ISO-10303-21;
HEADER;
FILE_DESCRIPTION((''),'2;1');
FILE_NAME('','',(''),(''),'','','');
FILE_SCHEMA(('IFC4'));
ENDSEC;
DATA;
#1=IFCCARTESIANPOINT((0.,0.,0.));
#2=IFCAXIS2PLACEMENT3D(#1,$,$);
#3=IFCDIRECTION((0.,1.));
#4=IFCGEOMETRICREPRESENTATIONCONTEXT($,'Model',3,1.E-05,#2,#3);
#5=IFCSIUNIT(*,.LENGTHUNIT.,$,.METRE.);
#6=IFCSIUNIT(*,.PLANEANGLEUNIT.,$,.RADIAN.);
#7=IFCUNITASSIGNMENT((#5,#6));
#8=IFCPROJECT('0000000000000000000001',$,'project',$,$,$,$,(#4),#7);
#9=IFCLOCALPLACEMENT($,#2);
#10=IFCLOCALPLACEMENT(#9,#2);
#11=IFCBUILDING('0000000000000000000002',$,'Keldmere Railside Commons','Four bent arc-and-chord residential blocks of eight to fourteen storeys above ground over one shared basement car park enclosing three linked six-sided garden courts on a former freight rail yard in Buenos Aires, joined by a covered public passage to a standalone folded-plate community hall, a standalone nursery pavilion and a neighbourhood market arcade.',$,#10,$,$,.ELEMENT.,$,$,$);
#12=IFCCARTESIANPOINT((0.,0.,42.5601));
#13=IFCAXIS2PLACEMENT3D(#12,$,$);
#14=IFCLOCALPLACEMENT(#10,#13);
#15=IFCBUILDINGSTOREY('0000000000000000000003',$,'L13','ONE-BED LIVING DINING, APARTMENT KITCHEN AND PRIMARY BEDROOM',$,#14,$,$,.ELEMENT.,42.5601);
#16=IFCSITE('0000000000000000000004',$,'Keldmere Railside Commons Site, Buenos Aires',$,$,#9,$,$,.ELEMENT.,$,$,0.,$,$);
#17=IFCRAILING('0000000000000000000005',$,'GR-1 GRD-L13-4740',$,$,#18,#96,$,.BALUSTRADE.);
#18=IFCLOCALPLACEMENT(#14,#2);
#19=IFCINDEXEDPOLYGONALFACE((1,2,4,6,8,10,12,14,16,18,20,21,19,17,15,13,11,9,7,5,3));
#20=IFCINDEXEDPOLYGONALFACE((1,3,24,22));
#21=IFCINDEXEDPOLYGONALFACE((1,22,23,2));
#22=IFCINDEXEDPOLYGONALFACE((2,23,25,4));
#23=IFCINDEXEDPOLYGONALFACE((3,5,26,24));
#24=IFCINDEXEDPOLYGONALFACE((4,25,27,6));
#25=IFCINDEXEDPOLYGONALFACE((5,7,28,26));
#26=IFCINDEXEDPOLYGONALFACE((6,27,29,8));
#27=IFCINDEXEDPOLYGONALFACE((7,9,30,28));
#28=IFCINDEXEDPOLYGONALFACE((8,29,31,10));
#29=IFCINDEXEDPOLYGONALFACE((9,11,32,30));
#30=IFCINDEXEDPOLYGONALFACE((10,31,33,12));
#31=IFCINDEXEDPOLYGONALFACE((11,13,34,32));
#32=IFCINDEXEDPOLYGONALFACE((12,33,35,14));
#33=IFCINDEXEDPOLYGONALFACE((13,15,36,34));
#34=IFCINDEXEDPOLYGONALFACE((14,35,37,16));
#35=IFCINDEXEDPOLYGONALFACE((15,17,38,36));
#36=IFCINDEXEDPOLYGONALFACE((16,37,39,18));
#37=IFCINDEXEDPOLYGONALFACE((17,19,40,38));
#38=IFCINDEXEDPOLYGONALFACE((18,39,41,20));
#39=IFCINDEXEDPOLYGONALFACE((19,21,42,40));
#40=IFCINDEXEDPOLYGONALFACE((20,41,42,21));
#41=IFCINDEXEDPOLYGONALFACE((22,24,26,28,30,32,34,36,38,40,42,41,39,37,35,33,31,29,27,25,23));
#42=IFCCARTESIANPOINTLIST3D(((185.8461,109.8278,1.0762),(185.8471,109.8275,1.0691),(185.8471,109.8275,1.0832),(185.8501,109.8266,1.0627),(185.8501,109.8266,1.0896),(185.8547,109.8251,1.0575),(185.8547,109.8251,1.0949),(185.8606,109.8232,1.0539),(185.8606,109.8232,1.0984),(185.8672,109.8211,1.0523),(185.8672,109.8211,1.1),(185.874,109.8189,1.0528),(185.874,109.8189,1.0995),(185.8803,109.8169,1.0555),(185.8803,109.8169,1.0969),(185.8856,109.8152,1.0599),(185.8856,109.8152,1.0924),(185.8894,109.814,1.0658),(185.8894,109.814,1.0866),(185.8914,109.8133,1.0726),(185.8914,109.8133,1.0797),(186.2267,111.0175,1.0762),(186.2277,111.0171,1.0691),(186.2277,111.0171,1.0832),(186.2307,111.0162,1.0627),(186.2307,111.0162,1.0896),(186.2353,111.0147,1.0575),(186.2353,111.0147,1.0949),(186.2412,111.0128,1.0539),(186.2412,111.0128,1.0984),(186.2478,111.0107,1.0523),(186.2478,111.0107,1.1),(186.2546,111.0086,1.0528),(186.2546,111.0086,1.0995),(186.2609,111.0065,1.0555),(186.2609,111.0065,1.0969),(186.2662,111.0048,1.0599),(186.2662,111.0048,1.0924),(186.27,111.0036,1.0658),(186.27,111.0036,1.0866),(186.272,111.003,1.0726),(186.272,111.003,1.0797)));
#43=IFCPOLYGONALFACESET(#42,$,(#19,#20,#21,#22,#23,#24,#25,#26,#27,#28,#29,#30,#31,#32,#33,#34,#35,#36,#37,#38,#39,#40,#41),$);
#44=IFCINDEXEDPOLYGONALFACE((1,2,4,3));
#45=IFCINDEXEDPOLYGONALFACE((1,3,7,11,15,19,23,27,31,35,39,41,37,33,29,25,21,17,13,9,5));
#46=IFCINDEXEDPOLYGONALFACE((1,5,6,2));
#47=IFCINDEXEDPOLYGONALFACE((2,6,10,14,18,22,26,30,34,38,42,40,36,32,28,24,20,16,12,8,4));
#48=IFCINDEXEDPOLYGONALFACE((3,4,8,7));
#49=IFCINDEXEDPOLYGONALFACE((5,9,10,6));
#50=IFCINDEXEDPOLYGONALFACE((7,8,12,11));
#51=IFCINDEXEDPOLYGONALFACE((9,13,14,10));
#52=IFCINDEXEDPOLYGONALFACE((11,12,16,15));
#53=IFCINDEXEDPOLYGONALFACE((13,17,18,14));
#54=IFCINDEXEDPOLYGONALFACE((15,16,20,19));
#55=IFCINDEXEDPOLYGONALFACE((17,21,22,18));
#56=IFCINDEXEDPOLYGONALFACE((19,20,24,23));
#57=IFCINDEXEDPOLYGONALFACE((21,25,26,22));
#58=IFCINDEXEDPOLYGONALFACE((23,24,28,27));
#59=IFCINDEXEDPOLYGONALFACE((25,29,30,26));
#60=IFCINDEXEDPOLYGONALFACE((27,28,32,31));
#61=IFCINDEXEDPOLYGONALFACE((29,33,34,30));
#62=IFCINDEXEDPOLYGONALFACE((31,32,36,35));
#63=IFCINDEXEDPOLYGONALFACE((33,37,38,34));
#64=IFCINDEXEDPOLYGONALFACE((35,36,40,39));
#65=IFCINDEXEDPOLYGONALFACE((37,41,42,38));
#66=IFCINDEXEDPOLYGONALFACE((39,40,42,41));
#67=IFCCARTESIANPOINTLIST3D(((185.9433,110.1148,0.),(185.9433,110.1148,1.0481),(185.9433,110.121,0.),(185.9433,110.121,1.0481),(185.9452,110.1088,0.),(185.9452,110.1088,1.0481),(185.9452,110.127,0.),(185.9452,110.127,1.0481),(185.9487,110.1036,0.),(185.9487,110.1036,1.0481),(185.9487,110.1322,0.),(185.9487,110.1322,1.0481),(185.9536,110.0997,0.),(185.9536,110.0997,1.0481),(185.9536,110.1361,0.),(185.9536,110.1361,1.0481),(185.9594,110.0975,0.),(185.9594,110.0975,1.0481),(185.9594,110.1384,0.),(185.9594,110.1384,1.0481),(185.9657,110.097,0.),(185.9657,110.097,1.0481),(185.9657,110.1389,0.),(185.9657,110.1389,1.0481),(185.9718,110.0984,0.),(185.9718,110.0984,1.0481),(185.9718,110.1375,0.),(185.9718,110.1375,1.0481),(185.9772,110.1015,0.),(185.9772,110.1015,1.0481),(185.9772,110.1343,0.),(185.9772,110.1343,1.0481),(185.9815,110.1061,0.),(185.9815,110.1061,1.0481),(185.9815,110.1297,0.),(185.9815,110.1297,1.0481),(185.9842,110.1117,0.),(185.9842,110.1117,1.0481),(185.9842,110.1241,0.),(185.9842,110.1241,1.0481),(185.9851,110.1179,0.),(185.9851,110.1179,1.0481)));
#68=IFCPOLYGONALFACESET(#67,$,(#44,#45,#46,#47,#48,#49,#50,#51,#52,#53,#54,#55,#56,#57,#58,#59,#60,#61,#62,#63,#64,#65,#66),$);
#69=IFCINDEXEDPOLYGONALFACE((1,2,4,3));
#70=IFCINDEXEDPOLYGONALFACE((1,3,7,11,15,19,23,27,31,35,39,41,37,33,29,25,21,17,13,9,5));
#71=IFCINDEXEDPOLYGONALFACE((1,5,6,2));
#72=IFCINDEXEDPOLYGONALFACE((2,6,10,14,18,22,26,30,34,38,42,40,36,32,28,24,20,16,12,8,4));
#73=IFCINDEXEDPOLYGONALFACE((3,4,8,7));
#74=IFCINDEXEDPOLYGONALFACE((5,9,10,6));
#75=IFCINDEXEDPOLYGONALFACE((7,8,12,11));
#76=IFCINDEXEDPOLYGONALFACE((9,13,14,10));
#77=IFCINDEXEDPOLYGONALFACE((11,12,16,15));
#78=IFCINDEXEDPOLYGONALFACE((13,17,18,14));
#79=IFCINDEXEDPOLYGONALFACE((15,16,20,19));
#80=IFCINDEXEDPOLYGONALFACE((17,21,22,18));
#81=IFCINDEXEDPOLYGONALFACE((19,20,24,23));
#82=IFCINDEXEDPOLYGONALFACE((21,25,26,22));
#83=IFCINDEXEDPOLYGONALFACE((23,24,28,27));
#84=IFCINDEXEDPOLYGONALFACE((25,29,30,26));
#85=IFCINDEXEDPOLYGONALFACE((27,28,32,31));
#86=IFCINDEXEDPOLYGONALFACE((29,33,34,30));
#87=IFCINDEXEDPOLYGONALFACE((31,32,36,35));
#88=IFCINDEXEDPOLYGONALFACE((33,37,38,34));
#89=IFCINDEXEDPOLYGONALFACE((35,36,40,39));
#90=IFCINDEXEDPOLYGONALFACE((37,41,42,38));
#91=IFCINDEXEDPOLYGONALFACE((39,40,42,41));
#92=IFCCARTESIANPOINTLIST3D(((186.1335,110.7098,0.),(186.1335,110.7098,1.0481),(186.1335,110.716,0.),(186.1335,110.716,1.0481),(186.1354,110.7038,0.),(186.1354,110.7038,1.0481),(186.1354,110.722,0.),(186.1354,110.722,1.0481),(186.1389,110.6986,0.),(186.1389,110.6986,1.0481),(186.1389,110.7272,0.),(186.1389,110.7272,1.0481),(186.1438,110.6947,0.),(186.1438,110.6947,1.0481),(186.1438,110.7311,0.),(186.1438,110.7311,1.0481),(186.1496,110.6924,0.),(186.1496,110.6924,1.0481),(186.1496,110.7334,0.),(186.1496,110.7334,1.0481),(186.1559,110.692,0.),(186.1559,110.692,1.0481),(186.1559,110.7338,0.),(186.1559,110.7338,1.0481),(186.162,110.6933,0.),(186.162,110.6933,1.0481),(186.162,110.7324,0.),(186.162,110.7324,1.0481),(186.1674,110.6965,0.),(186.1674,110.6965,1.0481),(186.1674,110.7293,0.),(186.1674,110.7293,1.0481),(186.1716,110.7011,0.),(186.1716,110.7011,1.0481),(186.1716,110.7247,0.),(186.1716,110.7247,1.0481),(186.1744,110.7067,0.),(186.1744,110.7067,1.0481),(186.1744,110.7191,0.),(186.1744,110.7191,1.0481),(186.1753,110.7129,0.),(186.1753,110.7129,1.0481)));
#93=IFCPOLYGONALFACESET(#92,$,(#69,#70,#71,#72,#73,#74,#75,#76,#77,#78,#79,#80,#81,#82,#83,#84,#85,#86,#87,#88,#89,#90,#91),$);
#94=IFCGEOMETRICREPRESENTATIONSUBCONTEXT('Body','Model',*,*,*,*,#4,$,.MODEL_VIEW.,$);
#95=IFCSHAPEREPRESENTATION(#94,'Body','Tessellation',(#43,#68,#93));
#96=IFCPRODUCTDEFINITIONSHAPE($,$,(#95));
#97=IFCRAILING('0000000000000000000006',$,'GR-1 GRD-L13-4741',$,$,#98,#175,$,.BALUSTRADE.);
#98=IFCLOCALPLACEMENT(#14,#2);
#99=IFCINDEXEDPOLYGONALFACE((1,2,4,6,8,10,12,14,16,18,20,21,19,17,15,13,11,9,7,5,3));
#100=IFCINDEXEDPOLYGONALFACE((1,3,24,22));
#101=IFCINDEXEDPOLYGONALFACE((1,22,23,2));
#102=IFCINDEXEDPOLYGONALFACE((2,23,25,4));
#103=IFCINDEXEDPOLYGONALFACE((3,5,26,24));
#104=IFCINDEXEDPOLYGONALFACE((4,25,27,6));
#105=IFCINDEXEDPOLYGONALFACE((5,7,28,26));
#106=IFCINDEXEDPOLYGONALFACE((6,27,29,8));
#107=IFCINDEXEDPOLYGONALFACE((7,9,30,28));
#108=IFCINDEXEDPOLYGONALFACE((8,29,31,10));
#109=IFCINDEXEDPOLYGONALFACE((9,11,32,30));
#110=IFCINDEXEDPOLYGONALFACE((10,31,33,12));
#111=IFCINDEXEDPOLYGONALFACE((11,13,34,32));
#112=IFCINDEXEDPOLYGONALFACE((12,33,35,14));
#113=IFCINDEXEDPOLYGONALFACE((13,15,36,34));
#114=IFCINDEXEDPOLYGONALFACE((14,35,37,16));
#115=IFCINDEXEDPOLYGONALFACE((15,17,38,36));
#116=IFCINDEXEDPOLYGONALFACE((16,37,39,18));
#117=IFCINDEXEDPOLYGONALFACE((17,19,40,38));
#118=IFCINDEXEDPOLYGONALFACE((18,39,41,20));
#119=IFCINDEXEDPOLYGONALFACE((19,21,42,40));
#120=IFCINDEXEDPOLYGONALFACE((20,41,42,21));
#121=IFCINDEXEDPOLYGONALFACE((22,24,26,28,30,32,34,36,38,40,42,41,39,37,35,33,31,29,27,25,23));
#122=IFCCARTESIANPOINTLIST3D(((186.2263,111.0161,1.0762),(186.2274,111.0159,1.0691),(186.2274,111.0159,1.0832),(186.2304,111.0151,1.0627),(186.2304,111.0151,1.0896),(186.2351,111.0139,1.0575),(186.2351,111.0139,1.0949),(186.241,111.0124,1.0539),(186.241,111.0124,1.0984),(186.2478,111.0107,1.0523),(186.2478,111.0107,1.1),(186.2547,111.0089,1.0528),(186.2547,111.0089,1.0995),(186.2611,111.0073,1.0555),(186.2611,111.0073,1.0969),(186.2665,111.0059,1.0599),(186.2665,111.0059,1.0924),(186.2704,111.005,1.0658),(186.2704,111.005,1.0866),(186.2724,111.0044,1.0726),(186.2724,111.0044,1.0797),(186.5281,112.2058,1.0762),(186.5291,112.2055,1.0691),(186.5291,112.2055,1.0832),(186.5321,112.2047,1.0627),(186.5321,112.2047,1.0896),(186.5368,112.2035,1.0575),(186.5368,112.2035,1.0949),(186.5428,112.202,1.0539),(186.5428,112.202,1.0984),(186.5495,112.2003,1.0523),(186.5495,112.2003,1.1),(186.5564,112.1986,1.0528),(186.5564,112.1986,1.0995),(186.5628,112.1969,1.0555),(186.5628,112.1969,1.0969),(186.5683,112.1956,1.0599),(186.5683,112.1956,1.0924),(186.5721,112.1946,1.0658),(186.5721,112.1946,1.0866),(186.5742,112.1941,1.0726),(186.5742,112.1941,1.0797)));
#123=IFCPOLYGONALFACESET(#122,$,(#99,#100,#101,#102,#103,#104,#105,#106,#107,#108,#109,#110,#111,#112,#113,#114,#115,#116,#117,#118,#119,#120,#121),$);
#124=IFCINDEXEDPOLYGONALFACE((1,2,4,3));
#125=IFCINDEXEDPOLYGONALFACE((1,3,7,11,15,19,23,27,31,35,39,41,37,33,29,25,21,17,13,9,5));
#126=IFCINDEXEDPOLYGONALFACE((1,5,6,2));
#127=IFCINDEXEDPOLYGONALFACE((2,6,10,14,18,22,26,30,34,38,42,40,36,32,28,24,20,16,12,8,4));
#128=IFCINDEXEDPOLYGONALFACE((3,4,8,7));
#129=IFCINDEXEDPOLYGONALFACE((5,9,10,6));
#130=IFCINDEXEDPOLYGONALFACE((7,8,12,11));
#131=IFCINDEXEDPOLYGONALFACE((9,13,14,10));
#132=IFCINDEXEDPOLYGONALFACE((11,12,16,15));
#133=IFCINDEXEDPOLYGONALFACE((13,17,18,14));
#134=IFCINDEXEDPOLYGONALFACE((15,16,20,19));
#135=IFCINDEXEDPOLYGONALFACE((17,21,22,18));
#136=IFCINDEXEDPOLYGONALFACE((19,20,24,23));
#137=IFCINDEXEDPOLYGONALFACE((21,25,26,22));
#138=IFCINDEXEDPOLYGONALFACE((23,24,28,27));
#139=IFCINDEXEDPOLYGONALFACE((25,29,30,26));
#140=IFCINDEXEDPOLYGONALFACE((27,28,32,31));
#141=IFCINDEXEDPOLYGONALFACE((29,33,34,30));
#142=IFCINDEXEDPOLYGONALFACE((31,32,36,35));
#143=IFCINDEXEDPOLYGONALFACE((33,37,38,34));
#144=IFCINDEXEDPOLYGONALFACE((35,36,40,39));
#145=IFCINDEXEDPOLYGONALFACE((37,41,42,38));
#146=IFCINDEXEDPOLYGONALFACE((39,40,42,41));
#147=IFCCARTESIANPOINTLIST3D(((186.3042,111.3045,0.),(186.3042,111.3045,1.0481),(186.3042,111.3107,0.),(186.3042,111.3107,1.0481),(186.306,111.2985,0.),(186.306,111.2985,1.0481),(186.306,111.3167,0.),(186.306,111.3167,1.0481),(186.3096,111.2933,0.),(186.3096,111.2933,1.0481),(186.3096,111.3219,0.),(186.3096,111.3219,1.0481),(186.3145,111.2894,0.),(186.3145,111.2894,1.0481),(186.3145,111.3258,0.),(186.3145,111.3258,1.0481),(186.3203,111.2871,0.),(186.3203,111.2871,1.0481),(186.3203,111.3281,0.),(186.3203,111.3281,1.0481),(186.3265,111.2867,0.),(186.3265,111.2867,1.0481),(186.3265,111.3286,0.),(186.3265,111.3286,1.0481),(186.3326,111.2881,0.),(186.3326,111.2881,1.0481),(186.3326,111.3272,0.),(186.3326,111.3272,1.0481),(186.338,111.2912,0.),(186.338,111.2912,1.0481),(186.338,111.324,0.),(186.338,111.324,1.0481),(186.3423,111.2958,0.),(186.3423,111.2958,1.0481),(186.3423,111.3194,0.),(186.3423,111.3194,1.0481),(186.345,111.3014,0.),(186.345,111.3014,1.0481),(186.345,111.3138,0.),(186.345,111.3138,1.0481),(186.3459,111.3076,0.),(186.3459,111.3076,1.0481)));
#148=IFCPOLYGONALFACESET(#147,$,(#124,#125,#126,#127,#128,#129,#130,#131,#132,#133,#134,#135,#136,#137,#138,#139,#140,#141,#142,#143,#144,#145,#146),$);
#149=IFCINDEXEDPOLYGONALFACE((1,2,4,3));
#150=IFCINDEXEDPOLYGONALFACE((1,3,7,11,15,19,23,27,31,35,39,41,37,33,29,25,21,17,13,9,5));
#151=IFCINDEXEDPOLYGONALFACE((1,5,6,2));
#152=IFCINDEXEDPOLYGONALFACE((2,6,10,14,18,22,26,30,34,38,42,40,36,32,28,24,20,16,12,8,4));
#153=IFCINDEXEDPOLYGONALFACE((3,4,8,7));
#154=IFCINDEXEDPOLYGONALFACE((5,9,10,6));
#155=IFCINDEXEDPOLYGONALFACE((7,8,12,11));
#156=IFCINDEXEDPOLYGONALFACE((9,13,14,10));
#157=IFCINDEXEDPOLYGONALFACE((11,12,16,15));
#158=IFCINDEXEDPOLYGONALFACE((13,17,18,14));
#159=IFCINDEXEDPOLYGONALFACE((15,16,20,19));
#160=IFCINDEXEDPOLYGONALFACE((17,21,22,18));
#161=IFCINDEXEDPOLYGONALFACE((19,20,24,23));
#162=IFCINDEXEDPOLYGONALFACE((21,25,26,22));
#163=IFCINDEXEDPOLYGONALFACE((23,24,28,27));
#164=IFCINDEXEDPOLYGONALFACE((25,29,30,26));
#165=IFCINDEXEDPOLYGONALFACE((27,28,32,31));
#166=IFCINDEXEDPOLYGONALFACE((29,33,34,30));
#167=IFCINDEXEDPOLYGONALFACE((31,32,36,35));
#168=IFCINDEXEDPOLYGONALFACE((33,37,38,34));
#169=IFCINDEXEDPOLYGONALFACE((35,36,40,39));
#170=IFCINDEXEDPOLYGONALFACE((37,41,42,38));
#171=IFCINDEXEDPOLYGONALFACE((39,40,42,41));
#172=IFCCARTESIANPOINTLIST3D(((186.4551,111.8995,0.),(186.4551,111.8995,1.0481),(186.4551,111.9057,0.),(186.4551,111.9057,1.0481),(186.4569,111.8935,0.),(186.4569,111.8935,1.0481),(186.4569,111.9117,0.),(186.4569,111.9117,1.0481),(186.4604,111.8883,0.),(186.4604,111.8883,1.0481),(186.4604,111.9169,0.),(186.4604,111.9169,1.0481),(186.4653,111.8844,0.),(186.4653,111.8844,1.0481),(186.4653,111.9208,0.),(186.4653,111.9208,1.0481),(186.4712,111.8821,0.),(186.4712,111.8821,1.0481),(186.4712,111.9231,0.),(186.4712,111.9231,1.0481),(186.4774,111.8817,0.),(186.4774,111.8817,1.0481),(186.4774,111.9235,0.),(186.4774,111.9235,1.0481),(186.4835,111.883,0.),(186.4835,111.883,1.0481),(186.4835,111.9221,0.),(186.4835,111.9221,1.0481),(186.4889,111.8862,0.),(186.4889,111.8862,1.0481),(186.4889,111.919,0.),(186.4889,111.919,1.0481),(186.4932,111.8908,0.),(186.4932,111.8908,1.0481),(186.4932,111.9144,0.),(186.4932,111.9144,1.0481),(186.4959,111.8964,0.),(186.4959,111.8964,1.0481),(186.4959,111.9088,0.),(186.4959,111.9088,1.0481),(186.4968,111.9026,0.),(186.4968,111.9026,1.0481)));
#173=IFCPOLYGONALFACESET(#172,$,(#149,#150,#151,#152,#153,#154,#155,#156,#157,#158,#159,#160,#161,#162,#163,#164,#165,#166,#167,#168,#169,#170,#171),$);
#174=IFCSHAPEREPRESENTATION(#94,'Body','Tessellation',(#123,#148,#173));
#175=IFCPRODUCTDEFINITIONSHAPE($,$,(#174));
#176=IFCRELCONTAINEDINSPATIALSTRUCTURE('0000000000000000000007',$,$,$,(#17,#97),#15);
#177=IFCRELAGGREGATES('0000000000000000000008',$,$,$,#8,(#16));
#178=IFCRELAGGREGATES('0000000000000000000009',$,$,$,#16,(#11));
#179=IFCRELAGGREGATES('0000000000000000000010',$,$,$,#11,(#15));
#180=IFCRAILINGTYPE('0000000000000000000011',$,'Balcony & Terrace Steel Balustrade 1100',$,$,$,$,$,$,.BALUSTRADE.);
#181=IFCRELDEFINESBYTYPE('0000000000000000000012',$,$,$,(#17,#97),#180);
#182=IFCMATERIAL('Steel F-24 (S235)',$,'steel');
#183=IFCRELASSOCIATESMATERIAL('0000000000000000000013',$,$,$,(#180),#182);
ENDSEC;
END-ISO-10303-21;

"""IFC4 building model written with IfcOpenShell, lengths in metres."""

from ifc_helpers import new_model, si_unit, direction, frame, origin, origin_2d, place, context, subcontext, project, spatial, circle, extrude, material, type_object, element, save


model = new_model("IFC4")

# Units and contexts
model_context = context("Model", 3, precision=1e-05, world=origin(), true_north=direction((0.0, 1.0)))
body_context = subcontext(model_context, "Body", "Model", "MODEL_VIEW")
ifc_project = project(units=[si_unit("LENGTHUNIT", "METRE"), si_unit("PLANEANGLEUNIT", "RADIAN")], contexts=[model_context])

# Site, building, storey
site_placement = place(None, origin())
site = spatial("IfcSite", under=ifc_project, at=site_placement, Name="Keldmere Railside Commons Site, Buenos Aires", CompositionType="ELEMENT", RefElevation=0.0)
building_placement = place(site_placement, origin())
building = spatial("IfcBuilding", under=site, at=building_placement, Name="Keldmere Railside Commons", Description="Four bent arc-and-chord residential blocks of eight to fourteen storeys above ground over one shared basement car park enclosing three linked six-sided garden courts on a former freight rail yard in Buenos Aires, joined by a covered public passage to a standalone folded-plate community hall, a standalone nursery pavilion and a neighbourhood market arcade.", CompositionType="ELEMENT")
storey_placement = place(building_placement, frame((0.0, 0.0, 42.5601)))
storey = spatial("IfcBuildingStorey", under=building, at=storey_placement, Name="L13", Description="ONE-BED LIVING DINING, APARTMENT KITCHEN AND PRIMARY BEDROOM", CompositionType="ELEMENT", Elevation=42.5601)

# Railings
ifc_material_1 = material(Name="Steel F-24 (S235)", Category="steel")
railing_type = type_object("IfcRailingType", Name="Balcony & Terrace Steel Balustrade 1100", PredefinedType="BALUSTRADE", material=ifc_material_1)
railing_1_placement = place(storey_placement, frame((185.8689, 109.8206, 0.0)))
element("IfcRailing", 1, at=railing_1_placement, inside=storey, type_object=railing_type, Name="GR-1 GRD-L13-4740", PredefinedType="BALUSTRADE", context=body_context, shape_type="SweptSolid", body=[
    extrude(circle(Radius=0.0239, at=origin_2d()), frame((0.0, 0.0, 1.0762), z_axis=(0.304712, 0.952445, 0.0), x_axis=(-0.952445, 0.304712, 0.0)), (0.0, 0.0, 1.0), 1.249),
    extrude(circle(Radius=0.021, at=origin_2d()), frame((0.0952, 0.2974, 0.0)), (0.0, 0.0, 1.0), 1.0481),
    extrude(circle(Radius=0.021, at=origin_2d()), frame((0.2854, 0.8923, 0.0)), (0.0, 0.0, 1.0), 1.0481),
])
railing_2_placement = place(storey_placement, frame((186.2495, 111.0103, 0.0)))
element("IfcRailing", 2, at=railing_2_placement, inside=storey, type_object=railing_type, Name="GR-1 GRD-L13-4741", PredefinedType="BALUSTRADE", context=body_context, shape_type="SweptSolid", body=[
    extrude(circle(Radius=0.0239, at=origin_2d()), frame((0.0, 0.0, 1.0762), z_axis=(0.245857, 0.969306, 0.0), x_axis=(-0.969306, 0.245857, 0.0)), (0.0, 0.0, 1.0), 1.2273),
    extrude(circle(Radius=0.021, at=origin_2d()), frame((0.0754, 0.2974, 0.0)), (0.0, 0.0, 1.0), 1.0481),
    extrude(circle(Radius=0.021, at=origin_2d()), frame((0.2263, 0.8923, 0.0)), (0.0, 0.0, 1.0), 1.0481),
])

save(model, "model.ifc")
